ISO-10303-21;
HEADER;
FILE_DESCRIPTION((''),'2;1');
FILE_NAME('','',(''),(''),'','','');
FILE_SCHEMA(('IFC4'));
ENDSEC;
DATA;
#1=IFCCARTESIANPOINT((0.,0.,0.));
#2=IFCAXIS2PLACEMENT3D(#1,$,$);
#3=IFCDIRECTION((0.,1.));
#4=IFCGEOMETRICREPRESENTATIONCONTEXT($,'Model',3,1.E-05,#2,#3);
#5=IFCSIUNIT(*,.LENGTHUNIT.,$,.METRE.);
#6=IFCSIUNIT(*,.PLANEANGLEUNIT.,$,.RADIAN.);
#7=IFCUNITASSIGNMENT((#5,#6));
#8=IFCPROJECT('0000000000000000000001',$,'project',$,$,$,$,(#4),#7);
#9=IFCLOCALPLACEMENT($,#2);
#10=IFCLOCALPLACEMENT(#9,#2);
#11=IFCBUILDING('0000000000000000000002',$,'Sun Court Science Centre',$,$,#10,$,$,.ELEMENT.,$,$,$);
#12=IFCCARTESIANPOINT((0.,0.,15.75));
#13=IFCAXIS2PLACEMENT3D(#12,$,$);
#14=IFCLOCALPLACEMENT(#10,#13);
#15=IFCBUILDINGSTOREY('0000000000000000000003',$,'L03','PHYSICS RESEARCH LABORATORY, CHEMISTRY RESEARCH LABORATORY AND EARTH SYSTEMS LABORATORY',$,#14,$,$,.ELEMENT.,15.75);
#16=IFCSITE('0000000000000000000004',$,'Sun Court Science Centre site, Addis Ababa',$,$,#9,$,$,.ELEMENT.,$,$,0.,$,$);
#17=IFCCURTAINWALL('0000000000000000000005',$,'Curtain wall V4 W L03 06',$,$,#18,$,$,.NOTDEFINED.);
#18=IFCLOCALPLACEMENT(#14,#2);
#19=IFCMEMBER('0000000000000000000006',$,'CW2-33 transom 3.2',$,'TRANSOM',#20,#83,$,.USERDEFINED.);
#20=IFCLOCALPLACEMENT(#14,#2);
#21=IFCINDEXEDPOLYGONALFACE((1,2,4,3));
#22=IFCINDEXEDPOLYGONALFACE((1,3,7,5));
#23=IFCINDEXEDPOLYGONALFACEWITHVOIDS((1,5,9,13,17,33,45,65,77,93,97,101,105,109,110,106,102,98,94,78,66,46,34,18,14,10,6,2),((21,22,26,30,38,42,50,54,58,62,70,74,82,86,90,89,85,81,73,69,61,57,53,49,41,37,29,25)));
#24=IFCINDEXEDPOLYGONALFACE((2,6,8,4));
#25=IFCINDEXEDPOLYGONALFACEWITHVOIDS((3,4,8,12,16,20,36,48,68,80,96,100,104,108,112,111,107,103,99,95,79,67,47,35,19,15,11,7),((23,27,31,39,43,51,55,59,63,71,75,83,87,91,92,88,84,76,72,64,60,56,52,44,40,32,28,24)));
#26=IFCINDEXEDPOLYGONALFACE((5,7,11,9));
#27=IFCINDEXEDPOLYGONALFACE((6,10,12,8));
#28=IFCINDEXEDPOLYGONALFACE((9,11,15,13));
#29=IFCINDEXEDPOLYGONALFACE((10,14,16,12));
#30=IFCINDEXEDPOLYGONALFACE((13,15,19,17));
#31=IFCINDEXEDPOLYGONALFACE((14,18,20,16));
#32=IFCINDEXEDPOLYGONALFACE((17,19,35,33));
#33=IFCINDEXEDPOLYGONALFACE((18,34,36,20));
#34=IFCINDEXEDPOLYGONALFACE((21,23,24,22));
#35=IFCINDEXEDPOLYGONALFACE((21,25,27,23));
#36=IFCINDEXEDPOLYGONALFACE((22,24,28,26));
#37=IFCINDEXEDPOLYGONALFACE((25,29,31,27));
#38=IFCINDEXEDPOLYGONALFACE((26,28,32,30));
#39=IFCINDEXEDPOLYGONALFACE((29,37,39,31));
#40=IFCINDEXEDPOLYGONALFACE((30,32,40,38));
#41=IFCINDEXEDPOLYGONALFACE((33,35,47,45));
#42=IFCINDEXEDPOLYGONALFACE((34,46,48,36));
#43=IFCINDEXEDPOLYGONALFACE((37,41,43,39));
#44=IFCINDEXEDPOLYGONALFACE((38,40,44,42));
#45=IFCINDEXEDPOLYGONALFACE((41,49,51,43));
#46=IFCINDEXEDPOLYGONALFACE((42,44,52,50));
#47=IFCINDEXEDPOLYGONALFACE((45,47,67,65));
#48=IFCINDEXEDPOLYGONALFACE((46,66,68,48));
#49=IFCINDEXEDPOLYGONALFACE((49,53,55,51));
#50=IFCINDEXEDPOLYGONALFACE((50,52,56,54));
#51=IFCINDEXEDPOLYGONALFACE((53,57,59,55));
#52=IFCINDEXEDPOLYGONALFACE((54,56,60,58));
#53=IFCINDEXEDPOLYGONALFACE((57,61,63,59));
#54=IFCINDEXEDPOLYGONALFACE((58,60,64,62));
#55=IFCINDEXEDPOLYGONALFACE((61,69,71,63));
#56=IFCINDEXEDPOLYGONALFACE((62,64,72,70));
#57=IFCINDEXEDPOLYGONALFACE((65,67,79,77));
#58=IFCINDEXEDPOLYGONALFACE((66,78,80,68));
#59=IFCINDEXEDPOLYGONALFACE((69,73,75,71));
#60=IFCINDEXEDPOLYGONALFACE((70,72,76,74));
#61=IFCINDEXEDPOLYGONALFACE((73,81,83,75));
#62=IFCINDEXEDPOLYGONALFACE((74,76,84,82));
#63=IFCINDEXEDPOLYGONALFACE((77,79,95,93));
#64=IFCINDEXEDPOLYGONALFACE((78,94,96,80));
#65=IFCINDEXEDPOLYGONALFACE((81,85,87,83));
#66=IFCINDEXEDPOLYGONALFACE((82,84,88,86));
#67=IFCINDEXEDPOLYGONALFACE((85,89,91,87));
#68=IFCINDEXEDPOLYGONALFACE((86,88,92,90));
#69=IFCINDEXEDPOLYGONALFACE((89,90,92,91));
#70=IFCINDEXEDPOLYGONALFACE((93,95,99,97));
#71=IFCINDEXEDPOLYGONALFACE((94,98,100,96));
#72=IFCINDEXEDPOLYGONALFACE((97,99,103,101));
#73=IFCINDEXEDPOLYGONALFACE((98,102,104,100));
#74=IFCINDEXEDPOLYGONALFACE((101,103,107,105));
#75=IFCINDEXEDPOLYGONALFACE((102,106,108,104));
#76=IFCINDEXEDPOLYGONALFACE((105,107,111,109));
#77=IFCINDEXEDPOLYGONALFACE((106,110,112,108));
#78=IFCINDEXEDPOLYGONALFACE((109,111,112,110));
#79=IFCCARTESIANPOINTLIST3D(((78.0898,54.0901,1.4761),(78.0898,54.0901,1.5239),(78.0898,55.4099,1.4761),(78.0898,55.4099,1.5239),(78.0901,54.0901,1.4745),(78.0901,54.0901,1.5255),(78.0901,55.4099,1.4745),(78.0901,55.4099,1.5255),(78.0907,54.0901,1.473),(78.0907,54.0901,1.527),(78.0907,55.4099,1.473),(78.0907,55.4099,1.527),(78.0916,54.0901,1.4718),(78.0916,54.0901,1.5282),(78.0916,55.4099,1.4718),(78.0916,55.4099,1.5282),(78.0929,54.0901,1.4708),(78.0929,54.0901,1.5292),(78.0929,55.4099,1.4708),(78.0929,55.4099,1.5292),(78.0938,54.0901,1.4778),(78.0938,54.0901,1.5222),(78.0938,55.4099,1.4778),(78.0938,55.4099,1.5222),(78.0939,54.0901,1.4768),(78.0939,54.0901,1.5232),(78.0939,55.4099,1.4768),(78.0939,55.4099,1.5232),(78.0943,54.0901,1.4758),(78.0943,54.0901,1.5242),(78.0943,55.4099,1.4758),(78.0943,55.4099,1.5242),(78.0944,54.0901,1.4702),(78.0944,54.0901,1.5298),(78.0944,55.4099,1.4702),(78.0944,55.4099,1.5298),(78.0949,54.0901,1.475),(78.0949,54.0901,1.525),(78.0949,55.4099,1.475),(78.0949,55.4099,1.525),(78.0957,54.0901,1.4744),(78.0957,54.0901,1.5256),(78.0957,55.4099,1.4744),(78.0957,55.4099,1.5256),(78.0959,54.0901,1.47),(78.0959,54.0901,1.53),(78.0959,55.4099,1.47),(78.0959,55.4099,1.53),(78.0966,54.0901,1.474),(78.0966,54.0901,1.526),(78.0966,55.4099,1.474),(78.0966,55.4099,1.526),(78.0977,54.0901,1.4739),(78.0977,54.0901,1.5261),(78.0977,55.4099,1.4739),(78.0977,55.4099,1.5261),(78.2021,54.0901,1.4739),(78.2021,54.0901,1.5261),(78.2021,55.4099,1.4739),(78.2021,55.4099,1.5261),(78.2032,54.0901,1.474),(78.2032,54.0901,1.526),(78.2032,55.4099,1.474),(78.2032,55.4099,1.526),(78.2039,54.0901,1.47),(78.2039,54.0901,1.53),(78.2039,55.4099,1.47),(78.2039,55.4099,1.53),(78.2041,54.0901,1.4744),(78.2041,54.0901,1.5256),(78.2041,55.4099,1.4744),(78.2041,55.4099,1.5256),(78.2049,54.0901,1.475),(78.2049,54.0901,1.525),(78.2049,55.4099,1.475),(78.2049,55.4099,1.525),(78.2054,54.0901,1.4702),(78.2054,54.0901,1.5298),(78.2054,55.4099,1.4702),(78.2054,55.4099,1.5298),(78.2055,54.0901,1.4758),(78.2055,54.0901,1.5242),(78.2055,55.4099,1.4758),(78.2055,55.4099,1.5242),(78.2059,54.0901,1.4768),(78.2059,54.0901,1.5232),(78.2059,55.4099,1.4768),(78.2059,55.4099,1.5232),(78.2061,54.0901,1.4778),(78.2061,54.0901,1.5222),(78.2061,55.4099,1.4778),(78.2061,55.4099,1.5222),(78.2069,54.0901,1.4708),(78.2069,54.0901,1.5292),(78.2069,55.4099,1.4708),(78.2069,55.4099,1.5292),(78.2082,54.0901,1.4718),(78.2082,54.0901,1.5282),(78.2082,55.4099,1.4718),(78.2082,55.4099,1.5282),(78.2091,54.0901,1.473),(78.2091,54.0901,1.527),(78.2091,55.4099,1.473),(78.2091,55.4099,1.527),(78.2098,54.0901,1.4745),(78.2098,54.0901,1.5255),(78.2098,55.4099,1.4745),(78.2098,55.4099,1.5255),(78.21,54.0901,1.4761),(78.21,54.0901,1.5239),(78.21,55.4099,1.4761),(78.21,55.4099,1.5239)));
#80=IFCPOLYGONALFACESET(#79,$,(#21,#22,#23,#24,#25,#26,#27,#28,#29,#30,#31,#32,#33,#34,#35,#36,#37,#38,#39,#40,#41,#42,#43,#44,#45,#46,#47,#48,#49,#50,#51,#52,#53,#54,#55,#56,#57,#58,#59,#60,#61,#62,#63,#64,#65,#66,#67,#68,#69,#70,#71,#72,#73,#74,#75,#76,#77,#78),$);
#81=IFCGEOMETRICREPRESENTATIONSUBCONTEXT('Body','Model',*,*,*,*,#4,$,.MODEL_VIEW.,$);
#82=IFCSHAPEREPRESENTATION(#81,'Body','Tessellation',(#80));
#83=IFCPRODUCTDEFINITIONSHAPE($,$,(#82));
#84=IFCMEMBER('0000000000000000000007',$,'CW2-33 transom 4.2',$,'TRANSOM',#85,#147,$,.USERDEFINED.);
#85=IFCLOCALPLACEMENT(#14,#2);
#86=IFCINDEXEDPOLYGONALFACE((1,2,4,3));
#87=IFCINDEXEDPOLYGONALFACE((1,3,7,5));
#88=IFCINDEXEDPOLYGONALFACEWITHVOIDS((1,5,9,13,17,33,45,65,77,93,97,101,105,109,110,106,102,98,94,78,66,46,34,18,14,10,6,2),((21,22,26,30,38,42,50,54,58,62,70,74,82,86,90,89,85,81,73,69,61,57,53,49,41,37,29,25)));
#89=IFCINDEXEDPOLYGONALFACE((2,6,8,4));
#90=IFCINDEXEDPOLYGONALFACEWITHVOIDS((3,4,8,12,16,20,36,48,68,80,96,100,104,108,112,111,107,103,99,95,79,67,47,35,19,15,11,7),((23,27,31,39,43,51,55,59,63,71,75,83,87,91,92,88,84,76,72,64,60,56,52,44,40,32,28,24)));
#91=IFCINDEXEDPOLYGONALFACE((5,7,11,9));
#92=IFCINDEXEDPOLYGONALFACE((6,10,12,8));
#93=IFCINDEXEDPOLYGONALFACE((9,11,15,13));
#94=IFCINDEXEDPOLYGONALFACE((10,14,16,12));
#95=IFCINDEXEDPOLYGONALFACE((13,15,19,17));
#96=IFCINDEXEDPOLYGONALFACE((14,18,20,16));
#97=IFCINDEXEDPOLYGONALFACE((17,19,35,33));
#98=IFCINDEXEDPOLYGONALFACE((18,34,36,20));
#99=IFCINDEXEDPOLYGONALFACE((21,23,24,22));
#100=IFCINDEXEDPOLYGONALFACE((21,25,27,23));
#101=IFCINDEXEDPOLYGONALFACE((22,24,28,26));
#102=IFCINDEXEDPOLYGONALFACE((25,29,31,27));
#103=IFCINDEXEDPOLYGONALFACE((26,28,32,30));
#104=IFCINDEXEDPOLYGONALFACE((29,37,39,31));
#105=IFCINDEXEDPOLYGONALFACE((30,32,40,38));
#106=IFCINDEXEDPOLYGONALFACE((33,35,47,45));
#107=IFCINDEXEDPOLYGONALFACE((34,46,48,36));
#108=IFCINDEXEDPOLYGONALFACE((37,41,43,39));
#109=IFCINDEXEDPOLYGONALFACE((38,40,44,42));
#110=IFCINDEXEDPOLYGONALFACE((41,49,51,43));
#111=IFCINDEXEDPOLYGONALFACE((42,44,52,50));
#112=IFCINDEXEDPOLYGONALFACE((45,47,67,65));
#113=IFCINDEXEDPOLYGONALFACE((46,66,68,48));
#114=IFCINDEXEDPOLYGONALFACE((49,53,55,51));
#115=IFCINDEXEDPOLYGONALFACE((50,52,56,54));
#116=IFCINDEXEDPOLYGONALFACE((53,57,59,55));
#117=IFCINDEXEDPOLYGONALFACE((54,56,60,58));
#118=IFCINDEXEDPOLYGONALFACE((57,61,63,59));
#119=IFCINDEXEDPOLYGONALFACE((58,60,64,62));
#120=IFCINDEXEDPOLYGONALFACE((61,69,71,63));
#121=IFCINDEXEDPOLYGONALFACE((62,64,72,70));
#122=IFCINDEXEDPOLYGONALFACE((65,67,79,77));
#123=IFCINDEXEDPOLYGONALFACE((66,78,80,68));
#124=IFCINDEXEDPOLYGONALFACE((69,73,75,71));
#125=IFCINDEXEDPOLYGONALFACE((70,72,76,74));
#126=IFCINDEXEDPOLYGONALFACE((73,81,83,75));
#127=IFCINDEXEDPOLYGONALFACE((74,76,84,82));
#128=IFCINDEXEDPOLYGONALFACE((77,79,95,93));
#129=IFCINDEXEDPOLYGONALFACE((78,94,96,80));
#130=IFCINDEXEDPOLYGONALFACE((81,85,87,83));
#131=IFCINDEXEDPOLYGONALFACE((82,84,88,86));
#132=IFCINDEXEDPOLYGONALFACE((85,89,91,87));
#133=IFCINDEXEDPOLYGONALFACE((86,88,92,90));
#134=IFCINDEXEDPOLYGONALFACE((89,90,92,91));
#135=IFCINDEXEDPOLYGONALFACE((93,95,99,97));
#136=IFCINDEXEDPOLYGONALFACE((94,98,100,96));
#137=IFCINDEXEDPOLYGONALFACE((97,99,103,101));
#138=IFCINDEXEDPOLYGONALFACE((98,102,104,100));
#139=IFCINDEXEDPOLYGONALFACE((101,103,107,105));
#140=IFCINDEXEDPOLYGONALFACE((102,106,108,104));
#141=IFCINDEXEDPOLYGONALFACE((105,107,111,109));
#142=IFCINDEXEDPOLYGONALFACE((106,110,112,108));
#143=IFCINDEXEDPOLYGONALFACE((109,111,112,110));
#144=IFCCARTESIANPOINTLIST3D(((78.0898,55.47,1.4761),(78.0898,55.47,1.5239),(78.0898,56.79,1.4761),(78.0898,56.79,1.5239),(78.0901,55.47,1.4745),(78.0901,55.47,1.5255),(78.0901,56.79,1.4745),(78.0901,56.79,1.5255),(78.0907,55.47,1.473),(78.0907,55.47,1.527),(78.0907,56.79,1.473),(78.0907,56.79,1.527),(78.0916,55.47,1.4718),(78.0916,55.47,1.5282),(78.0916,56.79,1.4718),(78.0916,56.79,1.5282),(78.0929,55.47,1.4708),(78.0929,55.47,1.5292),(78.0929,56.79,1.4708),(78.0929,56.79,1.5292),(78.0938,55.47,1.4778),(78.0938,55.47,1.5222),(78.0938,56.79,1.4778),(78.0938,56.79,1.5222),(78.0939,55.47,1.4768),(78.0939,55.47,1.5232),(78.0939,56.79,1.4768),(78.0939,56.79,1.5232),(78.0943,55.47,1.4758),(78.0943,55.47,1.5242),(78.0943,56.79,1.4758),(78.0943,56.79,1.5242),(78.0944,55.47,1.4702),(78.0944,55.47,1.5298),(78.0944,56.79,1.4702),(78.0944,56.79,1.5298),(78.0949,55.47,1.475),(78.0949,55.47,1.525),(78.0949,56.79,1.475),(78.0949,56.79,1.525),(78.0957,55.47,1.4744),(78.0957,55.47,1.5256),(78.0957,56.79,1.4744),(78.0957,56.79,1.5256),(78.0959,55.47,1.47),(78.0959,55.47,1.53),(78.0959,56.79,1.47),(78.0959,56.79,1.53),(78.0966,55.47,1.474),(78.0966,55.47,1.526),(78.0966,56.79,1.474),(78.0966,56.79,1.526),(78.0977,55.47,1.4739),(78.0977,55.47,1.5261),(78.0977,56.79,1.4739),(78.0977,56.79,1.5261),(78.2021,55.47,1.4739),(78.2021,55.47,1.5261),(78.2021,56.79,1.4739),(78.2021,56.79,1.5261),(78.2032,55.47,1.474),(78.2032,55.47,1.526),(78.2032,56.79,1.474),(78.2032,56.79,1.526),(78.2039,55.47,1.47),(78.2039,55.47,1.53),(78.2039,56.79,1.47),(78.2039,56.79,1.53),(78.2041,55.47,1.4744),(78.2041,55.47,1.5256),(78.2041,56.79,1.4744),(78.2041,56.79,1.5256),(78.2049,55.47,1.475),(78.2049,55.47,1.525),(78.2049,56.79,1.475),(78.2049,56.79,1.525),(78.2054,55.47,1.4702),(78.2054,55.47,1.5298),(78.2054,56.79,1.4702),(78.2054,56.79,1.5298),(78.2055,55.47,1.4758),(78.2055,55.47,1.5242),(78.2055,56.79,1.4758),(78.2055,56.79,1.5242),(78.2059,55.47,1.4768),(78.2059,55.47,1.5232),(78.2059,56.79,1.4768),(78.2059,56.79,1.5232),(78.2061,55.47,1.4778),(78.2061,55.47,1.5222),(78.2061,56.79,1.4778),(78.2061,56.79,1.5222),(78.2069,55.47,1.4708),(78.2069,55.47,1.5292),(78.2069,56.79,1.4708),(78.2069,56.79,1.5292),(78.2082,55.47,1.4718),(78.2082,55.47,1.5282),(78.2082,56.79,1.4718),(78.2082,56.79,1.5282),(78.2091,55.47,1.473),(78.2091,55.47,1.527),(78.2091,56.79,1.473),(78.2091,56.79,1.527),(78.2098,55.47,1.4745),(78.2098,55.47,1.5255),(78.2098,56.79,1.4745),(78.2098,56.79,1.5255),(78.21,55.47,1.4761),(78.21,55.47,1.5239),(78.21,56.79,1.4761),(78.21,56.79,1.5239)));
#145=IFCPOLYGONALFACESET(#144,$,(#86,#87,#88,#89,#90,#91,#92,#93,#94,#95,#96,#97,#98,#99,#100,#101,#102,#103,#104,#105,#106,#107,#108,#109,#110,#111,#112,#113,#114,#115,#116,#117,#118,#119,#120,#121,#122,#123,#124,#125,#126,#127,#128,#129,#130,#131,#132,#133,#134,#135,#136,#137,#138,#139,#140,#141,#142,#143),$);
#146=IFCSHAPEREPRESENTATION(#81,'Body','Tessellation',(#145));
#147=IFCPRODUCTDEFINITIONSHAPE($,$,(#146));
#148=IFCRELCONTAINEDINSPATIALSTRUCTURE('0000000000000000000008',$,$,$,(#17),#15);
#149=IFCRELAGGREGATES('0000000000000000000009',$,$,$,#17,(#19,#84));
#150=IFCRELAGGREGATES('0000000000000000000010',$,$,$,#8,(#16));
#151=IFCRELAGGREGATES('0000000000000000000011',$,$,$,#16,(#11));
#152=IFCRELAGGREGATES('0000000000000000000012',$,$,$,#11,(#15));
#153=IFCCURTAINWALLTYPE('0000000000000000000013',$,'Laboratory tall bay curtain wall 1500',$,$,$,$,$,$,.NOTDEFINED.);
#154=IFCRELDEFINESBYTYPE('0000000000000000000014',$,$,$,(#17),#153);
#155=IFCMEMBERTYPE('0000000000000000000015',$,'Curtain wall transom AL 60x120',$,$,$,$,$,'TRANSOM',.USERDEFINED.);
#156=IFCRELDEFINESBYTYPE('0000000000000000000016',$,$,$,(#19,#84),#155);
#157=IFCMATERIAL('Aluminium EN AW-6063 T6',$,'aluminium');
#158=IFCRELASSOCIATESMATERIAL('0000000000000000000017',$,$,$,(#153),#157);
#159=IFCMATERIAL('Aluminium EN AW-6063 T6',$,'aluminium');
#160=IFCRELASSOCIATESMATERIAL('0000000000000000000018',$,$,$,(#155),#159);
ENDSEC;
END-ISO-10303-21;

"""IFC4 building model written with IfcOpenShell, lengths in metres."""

from ifc_helpers import new_model, si_unit, direction, frame, origin, origin_2d, place, context, subcontext, project, spatial, hollow_rectangle, extrude, material, material_profile, profile_set, type_object, element, aggregate, save


model = new_model("IFC4")

# Units and contexts
model_context = context("Model", 3, precision=1e-05, world=origin(), true_north=direction((0.0, 1.0)))
body_context = subcontext(model_context, "Body", "Model", "MODEL_VIEW")
ifc_project = project(units=[si_unit("LENGTHUNIT", "METRE"), si_unit("PLANEANGLEUNIT", "RADIAN")], contexts=[model_context])

# Site, building, storey
site_placement = place(None, origin())
site = spatial("IfcSite", under=ifc_project, at=site_placement, Name="Sun Court Science Centre site, Addis Ababa", CompositionType="ELEMENT", RefElevation=0.0)
building_placement = place(site_placement, origin())
building = spatial("IfcBuilding", under=site, at=building_placement, Name="Sun Court Science Centre", CompositionType="ELEMENT")
storey_placement = place(building_placement, frame((0.0, 0.0, 15.75)))
storey = spatial("IfcBuildingStorey", under=building, at=storey_placement, Name="L03", Description="PHYSICS RESEARCH LABORATORY, CHEMISTRY RESEARCH LABORATORY AND EARTH SYSTEMS LABORATORY", CompositionType="ELEMENT", Elevation=15.75)

# Curtain wall
ifc_material_1 = material(Name="Aluminium EN AW-6063 T6", Category="aluminium")
curtain_wall_type = type_object("IfcCurtainWallType", Name="Laboratory tall bay curtain wall 1500", PredefinedType="NOTDEFINED", material=ifc_material_1)
curtain_wall_1_placement = place(storey_placement, origin())
curtain_wall_1 = element("IfcCurtainWall", 1, at=curtain_wall_1_placement, inside=storey, type_object=curtain_wall_type, Name="Curtain wall V4 W L03 06", PredefinedType="NOTDEFINED")

# Members
ifc_material_2 = material(Name="Aluminium EN AW-6063 T6", Category="aluminium")
ifc_material_profile_1 = material_profile(ifc_material_2, hollow_rectangle(XDim=0.0601, YDim=0.1201, WallThickness=0.0039, InnerFilletRadius=0.0039, OuterFilletRadius=0.0061, at=origin_2d()), Name="AL 60x120x4")
ifc_profile_set_1 = profile_set([ifc_material_profile_1], Name="Aluminium EN AW-6063 T6")
member_type_1 = type_object("IfcMemberType", Name="Curtain wall transom AL 60x120", ElementType="TRANSOM", PredefinedType="USERDEFINED", material=ifc_profile_set_1)
member_1_placement = place(storey_placement, frame((78.1499, 54.0901, 1.5), z_axis=(0.0, 1.0, 0.0), x_axis=(0.0, 0.0, 1.0)))
member_1 = element("IfcMember", 2, at=member_1_placement, type_object=member_type_1, Name="CW2-33 transom 3.2", ObjectType="TRANSOM", PredefinedType="USERDEFINED", context=body_context, shape_type="SweptSolid", body=[
    extrude(hollow_rectangle(XDim=0.0601, YDim=0.1201, WallThickness=0.0039, InnerFilletRadius=0.0039, OuterFilletRadius=0.0061, at=origin_2d()), origin(), (0.0, 0.0, 1.0), 1.3198),
])
member_2_placement = place(storey_placement, frame((78.1499, 55.47, 1.5), z_axis=(0.0, 1.0, 0.0), x_axis=(0.0, 0.0, 1.0)))
member_2 = element("IfcMember", 3, at=member_2_placement, type_object=member_type_1, Name="CW2-33 transom 4.2", ObjectType="TRANSOM", PredefinedType="USERDEFINED", context=body_context, shape_type="SweptSolid", body=[
    extrude(hollow_rectangle(XDim=0.0601, YDim=0.1201, WallThickness=0.0039, InnerFilletRadius=0.0039, OuterFilletRadius=0.0061, at=origin_2d()), origin(), (0.0, 0.0, 1.0), 1.3201),
])

aggregate(curtain_wall_1, [member_1, member_2])

save(model, "model.ifc")
